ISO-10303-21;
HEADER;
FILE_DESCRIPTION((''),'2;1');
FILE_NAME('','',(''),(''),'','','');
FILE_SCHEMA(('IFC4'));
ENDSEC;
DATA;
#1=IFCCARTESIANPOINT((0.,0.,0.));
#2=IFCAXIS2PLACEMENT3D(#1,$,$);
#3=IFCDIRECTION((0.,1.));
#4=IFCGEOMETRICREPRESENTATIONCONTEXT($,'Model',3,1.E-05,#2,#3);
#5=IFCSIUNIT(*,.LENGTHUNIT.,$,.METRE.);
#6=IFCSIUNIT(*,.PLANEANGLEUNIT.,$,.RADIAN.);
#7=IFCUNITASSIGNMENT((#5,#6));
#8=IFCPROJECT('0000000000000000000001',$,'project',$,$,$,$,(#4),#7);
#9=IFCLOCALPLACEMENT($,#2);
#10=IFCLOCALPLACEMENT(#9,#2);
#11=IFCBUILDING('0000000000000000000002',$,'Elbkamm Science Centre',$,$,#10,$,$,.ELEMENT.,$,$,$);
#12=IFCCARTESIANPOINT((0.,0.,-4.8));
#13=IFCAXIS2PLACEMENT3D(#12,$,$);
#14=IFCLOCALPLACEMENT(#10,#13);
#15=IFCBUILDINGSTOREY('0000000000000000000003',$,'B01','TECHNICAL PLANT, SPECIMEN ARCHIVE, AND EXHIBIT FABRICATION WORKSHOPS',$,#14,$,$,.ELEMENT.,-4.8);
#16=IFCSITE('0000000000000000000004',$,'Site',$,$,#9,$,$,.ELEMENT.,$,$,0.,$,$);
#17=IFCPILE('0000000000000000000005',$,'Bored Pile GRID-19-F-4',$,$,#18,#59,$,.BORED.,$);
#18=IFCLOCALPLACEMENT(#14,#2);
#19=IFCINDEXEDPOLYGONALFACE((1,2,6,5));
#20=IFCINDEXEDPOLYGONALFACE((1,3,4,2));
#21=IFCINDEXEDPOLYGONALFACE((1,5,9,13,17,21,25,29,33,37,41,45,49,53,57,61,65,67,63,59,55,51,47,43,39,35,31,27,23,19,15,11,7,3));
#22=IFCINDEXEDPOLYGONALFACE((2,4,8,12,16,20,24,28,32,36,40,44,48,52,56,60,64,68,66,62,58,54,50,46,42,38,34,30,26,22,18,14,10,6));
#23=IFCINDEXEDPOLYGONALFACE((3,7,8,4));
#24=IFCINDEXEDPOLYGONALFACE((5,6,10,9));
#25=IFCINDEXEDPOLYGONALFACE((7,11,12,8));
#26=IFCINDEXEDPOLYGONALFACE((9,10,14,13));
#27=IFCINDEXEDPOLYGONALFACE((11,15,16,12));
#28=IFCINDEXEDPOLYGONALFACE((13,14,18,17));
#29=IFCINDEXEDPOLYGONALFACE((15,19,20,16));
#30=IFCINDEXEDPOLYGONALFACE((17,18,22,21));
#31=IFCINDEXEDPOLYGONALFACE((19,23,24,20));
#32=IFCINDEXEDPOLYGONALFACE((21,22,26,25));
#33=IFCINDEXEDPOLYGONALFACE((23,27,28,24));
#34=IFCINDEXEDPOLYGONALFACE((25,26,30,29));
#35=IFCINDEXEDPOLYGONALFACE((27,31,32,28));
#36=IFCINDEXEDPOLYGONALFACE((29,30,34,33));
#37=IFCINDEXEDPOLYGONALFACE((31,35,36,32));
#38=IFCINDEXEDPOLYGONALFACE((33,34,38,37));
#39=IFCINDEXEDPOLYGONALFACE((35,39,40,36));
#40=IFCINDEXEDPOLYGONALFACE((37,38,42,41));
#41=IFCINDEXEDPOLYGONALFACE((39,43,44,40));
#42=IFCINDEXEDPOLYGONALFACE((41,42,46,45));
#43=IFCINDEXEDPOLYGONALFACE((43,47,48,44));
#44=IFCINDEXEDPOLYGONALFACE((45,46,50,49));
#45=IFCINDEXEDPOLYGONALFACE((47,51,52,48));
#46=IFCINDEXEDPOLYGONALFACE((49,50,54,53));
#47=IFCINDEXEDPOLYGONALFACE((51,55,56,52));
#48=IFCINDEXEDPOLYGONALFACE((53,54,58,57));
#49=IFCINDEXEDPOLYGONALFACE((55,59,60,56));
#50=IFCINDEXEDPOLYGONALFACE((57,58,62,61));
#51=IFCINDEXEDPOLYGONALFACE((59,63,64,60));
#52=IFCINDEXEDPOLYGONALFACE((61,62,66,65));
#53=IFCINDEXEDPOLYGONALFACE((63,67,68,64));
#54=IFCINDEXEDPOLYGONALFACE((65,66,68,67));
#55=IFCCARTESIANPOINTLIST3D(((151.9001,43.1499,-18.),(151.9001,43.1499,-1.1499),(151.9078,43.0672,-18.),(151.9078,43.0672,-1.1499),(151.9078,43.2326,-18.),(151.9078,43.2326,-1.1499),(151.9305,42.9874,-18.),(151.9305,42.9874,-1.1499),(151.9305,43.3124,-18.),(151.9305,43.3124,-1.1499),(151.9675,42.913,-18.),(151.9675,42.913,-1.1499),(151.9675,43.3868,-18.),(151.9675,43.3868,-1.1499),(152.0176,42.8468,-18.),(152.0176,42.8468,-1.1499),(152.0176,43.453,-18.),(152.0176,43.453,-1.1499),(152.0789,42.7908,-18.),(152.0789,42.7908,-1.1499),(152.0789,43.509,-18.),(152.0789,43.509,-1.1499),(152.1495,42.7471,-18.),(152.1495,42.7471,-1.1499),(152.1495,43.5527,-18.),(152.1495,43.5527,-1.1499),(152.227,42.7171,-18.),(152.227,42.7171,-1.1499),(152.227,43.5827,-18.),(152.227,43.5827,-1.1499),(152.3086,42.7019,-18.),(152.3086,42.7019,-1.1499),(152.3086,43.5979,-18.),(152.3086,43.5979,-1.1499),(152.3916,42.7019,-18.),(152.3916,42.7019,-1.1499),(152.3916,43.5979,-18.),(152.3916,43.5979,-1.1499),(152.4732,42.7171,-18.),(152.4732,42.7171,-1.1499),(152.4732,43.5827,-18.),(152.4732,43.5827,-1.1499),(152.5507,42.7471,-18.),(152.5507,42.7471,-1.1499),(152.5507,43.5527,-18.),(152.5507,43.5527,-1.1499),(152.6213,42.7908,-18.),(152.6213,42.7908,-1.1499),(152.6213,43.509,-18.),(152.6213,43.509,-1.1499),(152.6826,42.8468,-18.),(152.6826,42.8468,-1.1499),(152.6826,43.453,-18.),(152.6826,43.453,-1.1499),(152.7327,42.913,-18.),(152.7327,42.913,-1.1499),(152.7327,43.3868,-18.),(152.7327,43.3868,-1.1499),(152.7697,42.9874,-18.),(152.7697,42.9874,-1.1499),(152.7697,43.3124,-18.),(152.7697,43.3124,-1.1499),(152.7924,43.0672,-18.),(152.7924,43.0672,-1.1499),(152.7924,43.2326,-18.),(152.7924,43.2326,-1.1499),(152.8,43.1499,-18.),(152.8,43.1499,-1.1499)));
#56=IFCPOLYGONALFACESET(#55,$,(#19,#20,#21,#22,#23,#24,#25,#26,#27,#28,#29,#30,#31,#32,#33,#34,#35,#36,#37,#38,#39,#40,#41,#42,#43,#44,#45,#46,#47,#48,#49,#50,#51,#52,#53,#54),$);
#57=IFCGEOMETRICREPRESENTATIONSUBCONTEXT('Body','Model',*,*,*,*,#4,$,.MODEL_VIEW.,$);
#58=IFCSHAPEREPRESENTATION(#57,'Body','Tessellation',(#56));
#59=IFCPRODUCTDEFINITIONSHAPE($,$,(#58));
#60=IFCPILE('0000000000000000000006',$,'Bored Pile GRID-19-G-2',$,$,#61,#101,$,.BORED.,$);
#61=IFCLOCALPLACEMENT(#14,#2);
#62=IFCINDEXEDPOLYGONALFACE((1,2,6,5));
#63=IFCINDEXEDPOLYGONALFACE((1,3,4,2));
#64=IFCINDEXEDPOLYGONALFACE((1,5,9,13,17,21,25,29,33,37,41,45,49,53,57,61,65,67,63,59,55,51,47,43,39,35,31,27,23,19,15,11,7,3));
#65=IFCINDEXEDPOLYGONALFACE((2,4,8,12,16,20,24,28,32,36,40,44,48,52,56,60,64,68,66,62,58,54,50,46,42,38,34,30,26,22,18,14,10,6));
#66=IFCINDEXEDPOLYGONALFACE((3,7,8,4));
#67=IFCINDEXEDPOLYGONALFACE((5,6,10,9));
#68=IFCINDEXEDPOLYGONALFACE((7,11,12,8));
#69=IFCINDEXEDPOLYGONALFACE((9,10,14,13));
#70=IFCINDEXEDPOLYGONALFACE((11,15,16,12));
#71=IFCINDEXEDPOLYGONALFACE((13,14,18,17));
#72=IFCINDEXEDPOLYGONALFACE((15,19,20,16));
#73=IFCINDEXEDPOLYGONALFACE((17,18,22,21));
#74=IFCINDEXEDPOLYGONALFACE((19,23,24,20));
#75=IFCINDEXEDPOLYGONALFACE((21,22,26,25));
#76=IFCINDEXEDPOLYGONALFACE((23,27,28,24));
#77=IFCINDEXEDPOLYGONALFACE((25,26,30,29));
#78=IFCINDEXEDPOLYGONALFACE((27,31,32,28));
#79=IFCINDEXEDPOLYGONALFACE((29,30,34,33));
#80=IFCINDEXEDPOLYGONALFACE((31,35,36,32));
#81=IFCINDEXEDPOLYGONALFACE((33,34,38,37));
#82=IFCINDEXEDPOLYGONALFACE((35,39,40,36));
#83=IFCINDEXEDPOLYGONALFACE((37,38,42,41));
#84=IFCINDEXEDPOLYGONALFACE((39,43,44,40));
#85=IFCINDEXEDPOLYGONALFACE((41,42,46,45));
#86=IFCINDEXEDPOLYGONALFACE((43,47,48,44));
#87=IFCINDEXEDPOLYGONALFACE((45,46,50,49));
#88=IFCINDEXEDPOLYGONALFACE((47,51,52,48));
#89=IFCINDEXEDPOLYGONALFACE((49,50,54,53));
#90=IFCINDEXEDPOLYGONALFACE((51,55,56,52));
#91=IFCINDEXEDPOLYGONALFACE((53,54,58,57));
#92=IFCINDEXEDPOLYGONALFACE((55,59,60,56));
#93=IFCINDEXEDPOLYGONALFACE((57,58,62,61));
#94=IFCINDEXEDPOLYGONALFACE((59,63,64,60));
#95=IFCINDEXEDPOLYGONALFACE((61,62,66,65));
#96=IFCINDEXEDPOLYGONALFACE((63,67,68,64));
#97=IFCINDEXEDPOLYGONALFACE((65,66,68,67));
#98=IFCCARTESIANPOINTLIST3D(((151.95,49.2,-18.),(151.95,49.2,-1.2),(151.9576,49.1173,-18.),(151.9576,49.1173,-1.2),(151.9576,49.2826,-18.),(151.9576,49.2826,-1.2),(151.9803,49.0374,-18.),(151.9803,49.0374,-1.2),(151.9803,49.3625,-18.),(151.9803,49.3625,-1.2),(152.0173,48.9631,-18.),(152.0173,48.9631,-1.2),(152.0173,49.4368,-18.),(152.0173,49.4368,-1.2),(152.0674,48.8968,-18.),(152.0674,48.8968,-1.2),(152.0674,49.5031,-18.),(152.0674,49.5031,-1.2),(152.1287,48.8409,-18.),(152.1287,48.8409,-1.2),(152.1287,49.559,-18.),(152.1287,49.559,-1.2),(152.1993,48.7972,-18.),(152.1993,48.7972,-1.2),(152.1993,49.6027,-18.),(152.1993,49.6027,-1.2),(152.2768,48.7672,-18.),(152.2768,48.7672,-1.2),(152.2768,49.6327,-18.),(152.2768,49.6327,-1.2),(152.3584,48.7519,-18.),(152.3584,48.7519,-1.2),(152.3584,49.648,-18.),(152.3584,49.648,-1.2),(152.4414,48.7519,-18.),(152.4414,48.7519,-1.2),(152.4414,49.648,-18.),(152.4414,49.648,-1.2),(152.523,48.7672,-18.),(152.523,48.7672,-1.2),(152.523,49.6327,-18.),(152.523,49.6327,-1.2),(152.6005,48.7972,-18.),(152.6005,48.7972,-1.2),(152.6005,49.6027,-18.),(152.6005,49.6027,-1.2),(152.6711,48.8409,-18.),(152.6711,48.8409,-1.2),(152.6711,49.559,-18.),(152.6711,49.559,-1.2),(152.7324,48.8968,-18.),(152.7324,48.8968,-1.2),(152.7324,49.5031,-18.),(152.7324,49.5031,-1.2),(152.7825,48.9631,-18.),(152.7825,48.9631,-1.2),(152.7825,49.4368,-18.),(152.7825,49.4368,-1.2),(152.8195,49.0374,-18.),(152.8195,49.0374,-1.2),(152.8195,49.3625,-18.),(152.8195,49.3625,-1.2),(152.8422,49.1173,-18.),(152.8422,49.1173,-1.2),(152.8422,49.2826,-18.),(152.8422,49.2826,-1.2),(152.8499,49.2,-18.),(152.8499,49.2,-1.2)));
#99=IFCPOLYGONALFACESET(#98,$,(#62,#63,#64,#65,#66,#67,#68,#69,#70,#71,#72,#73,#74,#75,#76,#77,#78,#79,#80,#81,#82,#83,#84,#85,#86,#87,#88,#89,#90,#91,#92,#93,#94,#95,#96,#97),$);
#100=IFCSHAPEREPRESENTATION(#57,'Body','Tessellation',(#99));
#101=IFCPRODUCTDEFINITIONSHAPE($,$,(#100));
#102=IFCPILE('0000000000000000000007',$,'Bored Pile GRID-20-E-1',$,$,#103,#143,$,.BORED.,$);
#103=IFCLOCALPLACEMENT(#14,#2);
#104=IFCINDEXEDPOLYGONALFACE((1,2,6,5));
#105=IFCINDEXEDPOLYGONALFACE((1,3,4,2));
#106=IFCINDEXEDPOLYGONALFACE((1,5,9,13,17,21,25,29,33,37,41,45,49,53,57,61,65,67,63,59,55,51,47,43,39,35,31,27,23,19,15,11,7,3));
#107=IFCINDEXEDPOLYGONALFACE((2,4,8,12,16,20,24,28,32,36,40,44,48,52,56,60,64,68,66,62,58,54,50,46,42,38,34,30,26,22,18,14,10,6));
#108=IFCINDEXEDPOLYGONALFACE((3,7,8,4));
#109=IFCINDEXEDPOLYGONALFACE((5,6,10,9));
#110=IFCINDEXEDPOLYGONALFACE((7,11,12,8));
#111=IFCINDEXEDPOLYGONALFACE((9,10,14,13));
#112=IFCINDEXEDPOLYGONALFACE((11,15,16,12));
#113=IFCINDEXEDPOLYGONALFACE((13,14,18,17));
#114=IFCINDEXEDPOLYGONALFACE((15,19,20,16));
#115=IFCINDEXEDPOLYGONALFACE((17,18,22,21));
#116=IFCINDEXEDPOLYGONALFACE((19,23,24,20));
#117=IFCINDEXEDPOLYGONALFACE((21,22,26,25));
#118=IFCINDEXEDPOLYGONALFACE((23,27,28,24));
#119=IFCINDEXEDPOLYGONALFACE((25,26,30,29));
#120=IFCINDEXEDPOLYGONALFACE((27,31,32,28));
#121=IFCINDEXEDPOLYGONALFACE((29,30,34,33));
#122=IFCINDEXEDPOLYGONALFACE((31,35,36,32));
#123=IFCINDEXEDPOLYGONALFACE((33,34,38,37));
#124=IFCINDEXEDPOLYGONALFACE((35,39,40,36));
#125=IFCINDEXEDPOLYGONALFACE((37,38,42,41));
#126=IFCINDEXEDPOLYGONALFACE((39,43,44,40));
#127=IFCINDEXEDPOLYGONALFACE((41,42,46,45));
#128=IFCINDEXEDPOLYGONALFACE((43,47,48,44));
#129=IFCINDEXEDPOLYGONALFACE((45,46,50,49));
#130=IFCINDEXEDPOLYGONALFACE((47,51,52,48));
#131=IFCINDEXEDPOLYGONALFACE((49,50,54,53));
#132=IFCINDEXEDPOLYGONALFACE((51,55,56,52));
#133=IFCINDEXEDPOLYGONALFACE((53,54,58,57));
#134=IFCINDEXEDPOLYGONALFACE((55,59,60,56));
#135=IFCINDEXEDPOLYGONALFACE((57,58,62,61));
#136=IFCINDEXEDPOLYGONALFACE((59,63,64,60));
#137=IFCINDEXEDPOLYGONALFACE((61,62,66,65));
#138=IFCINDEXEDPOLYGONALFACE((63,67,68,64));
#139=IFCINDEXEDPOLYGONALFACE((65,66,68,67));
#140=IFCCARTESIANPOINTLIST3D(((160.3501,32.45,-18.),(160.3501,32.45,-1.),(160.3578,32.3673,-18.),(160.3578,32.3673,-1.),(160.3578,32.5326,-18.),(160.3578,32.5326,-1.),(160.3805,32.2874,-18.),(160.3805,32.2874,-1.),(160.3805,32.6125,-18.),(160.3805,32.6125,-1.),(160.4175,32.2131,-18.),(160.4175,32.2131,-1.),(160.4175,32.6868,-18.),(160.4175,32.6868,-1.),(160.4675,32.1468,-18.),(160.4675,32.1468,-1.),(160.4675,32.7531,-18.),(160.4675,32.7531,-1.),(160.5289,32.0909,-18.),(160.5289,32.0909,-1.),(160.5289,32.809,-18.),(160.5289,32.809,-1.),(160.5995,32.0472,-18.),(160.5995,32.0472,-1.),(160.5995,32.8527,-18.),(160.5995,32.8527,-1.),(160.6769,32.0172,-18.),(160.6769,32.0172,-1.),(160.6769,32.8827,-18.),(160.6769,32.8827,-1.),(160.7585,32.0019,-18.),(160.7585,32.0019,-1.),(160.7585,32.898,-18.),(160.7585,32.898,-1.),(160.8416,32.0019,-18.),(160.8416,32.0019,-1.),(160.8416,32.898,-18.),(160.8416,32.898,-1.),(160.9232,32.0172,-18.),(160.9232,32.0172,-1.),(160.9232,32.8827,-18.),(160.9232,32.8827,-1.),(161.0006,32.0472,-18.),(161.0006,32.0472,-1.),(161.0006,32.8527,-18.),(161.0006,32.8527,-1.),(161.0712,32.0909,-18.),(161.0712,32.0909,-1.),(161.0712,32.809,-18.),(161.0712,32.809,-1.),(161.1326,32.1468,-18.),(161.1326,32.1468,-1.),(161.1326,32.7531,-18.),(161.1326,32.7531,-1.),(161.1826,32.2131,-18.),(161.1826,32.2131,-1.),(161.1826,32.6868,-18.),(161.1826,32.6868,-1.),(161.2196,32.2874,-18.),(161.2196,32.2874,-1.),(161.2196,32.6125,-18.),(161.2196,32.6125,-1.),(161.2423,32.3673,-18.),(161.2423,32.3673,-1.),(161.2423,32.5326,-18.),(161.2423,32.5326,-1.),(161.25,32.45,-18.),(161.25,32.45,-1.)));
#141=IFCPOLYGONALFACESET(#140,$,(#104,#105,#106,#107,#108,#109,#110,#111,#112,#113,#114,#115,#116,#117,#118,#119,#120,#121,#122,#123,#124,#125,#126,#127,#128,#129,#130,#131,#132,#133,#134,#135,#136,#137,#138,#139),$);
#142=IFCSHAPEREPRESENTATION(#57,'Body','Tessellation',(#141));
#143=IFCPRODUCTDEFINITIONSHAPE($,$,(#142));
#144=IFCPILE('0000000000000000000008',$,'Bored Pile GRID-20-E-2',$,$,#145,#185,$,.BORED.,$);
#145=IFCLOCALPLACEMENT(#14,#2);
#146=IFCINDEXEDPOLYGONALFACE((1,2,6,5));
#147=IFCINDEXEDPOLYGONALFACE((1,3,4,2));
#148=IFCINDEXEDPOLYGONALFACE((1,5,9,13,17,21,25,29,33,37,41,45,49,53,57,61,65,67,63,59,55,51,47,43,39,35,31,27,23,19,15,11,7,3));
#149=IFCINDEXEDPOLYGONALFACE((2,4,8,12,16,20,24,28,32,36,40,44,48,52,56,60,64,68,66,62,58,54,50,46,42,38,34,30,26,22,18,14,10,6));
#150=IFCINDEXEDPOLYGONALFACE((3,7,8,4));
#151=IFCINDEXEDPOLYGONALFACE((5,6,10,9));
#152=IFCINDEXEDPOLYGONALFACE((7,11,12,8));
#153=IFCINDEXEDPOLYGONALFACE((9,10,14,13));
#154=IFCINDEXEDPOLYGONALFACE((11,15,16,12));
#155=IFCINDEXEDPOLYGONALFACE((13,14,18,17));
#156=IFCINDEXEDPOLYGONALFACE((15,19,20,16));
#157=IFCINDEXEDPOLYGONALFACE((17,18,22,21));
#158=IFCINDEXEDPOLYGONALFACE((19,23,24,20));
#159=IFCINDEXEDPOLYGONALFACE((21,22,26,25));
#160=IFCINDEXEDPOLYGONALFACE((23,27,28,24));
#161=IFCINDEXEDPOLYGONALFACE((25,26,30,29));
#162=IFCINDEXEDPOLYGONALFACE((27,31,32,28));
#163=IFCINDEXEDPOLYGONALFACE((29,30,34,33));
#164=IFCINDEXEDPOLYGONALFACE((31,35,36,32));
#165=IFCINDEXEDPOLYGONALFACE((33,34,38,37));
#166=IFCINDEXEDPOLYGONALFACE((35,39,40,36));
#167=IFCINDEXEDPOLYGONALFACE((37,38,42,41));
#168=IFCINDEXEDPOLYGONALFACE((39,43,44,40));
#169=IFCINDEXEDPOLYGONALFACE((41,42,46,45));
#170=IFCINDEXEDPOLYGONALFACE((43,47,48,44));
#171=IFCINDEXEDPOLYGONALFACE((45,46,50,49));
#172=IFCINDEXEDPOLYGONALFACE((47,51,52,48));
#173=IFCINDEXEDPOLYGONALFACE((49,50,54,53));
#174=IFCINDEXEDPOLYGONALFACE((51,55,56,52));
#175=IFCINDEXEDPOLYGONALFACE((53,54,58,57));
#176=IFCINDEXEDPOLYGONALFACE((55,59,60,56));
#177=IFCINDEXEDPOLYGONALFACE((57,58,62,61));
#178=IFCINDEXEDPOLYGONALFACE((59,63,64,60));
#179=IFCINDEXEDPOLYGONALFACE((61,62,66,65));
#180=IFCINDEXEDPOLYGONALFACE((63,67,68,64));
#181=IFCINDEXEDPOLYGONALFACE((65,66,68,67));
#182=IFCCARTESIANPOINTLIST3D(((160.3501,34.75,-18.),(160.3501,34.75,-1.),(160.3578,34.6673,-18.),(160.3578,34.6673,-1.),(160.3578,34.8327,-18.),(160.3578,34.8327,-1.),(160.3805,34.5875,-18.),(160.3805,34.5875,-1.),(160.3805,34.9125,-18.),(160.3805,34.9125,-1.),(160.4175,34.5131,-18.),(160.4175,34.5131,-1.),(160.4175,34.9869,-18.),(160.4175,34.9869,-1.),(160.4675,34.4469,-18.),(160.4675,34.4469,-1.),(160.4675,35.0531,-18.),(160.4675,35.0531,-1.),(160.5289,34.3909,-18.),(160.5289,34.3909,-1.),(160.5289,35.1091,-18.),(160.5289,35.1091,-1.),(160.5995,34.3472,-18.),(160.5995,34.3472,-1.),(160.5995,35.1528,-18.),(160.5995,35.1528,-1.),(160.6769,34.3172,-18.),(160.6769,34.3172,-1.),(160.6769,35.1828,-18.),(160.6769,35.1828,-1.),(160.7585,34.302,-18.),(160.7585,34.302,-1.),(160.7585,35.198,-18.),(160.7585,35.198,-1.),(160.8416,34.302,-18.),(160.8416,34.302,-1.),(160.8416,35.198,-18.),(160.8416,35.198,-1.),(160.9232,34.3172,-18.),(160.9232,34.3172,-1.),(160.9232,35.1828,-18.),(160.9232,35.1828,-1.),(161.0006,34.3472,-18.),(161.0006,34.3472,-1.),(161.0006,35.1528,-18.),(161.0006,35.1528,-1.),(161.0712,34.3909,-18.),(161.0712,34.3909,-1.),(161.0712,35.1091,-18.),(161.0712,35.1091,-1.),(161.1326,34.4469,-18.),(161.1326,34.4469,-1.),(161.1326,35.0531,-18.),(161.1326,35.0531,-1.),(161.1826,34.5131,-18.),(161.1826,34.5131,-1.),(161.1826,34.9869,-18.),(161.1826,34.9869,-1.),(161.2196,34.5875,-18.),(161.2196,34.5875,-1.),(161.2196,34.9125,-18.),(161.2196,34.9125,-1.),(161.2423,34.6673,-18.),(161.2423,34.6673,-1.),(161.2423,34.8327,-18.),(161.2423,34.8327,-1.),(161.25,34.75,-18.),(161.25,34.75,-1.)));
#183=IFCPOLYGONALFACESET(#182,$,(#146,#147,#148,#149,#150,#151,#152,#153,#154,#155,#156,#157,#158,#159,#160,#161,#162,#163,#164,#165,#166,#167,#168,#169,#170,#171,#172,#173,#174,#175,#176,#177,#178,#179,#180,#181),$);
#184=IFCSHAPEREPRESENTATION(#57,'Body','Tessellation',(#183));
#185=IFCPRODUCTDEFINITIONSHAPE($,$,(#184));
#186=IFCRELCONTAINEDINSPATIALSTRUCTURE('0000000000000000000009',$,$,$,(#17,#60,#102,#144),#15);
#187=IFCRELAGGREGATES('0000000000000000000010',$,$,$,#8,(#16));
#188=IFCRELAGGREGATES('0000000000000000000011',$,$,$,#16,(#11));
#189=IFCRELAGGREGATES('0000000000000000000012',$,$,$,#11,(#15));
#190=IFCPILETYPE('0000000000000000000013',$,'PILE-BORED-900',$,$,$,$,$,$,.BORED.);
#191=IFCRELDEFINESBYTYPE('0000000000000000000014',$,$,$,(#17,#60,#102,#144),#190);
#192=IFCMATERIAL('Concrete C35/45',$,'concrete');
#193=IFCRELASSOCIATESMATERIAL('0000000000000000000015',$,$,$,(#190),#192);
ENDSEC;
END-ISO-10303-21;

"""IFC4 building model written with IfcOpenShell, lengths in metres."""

from ifc_helpers import new_model, si_unit, direction, frame, origin, origin_2d, place, context, subcontext, project, spatial, circle, extrude, material, material_profile, profile_set, type_object, element, save


model = new_model("IFC4")

# Units and contexts
model_context = context("Model", 3, precision=1e-05, world=origin(), true_north=direction((0.0, 1.0)))
body_context = subcontext(model_context, "Body", "Model", "MODEL_VIEW")
ifc_project = project(units=[si_unit("LENGTHUNIT", "METRE"), si_unit("PLANEANGLEUNIT", "RADIAN")], contexts=[model_context])

# Site, building, storey
site_placement = place(None, origin())
site = spatial("IfcSite", under=ifc_project, at=site_placement, Name="Site", CompositionType="ELEMENT", RefElevation=0.0)
building_placement = place(site_placement, origin())
building = spatial("IfcBuilding", under=site, at=building_placement, Name="Elbkamm Science Centre", CompositionType="ELEMENT")
storey_placement = place(building_placement, frame((0.0, 0.0, -4.8)))
storey = spatial("IfcBuildingStorey", under=building, at=storey_placement, Name="B01", Description="TECHNICAL PLANT, SPECIMEN ARCHIVE, AND EXHIBIT FABRICATION WORKSHOPS", CompositionType="ELEMENT", Elevation=-4.8)

# Shared definitions
ifc_material_1 = material(Name="Concrete C35/45", Category="concrete")

# Piles
ifc_material_profile_1 = material_profile(ifc_material_1, circle(Radius=0.45, at=origin_2d()), Name="PILE D900")
ifc_profile_set_1 = profile_set([ifc_material_profile_1], Name="Concrete C35/45")
pile_type_1 = type_object("IfcPileType", Name="PILE-BORED-900", PredefinedType="BORED", material=ifc_profile_set_1)
for number, where, z_axis, x_axis, name in (
    (1, (152.3501, 43.1499, -1.1499), (0.0, 0.0, -1.0), (1.0, 0.0, 0.0), "Bored Pile GRID-19-F-4"),
):
    element("IfcPile", number, at=place(storey_placement, frame(where, z_axis=z_axis, x_axis=x_axis)), inside=storey, type_object=pile_type_1, Name=name, PredefinedType="BORED", context=body_context, shape_type="SweptSolid", body=[
        extrude(circle(Radius=0.45, at=origin_2d()), origin(), (0.0, 0.0, 1.0), 16.8501),
    ])
pile_1_placement = place(storey_placement, frame((152.3999, 49.2, -1.2), z_axis=(0.0, 0.0, -1.0), x_axis=(1.0, 0.0, 0.0)))
element("IfcPile", 2, at=pile_1_placement, inside=storey, type_object=pile_type_1, Name="Bored Pile GRID-19-G-2", PredefinedType="BORED", context=body_context, shape_type="SweptSolid", body=[
    extrude(circle(Radius=0.45, at=origin_2d()), origin(), (0.0, 0.0, 1.0), 16.8),
])
for number, where, z_axis, x_axis, name in (
    (3, (160.8, 32.45, -1.0), (0.0, 0.0, -1.0), (1.0, 0.0, 0.0), "Bored Pile GRID-20-E-1"),
    (4, (160.8, 34.75, -1.0), (0.0, 0.0, -1.0), (1.0, 0.0, 0.0), "Bored Pile GRID-20-E-2"),
):
    element("IfcPile", number, at=place(storey_placement, frame(where, z_axis=z_axis, x_axis=x_axis)), inside=storey, type_object=pile_type_1, Name=name, PredefinedType="BORED", context=body_context, shape_type="SweptSolid", body=[
        extrude(circle(Radius=0.45, at=origin_2d()), origin(), (0.0, 0.0, 1.0), 17.0),
    ])

save(model, "model.ifc")
